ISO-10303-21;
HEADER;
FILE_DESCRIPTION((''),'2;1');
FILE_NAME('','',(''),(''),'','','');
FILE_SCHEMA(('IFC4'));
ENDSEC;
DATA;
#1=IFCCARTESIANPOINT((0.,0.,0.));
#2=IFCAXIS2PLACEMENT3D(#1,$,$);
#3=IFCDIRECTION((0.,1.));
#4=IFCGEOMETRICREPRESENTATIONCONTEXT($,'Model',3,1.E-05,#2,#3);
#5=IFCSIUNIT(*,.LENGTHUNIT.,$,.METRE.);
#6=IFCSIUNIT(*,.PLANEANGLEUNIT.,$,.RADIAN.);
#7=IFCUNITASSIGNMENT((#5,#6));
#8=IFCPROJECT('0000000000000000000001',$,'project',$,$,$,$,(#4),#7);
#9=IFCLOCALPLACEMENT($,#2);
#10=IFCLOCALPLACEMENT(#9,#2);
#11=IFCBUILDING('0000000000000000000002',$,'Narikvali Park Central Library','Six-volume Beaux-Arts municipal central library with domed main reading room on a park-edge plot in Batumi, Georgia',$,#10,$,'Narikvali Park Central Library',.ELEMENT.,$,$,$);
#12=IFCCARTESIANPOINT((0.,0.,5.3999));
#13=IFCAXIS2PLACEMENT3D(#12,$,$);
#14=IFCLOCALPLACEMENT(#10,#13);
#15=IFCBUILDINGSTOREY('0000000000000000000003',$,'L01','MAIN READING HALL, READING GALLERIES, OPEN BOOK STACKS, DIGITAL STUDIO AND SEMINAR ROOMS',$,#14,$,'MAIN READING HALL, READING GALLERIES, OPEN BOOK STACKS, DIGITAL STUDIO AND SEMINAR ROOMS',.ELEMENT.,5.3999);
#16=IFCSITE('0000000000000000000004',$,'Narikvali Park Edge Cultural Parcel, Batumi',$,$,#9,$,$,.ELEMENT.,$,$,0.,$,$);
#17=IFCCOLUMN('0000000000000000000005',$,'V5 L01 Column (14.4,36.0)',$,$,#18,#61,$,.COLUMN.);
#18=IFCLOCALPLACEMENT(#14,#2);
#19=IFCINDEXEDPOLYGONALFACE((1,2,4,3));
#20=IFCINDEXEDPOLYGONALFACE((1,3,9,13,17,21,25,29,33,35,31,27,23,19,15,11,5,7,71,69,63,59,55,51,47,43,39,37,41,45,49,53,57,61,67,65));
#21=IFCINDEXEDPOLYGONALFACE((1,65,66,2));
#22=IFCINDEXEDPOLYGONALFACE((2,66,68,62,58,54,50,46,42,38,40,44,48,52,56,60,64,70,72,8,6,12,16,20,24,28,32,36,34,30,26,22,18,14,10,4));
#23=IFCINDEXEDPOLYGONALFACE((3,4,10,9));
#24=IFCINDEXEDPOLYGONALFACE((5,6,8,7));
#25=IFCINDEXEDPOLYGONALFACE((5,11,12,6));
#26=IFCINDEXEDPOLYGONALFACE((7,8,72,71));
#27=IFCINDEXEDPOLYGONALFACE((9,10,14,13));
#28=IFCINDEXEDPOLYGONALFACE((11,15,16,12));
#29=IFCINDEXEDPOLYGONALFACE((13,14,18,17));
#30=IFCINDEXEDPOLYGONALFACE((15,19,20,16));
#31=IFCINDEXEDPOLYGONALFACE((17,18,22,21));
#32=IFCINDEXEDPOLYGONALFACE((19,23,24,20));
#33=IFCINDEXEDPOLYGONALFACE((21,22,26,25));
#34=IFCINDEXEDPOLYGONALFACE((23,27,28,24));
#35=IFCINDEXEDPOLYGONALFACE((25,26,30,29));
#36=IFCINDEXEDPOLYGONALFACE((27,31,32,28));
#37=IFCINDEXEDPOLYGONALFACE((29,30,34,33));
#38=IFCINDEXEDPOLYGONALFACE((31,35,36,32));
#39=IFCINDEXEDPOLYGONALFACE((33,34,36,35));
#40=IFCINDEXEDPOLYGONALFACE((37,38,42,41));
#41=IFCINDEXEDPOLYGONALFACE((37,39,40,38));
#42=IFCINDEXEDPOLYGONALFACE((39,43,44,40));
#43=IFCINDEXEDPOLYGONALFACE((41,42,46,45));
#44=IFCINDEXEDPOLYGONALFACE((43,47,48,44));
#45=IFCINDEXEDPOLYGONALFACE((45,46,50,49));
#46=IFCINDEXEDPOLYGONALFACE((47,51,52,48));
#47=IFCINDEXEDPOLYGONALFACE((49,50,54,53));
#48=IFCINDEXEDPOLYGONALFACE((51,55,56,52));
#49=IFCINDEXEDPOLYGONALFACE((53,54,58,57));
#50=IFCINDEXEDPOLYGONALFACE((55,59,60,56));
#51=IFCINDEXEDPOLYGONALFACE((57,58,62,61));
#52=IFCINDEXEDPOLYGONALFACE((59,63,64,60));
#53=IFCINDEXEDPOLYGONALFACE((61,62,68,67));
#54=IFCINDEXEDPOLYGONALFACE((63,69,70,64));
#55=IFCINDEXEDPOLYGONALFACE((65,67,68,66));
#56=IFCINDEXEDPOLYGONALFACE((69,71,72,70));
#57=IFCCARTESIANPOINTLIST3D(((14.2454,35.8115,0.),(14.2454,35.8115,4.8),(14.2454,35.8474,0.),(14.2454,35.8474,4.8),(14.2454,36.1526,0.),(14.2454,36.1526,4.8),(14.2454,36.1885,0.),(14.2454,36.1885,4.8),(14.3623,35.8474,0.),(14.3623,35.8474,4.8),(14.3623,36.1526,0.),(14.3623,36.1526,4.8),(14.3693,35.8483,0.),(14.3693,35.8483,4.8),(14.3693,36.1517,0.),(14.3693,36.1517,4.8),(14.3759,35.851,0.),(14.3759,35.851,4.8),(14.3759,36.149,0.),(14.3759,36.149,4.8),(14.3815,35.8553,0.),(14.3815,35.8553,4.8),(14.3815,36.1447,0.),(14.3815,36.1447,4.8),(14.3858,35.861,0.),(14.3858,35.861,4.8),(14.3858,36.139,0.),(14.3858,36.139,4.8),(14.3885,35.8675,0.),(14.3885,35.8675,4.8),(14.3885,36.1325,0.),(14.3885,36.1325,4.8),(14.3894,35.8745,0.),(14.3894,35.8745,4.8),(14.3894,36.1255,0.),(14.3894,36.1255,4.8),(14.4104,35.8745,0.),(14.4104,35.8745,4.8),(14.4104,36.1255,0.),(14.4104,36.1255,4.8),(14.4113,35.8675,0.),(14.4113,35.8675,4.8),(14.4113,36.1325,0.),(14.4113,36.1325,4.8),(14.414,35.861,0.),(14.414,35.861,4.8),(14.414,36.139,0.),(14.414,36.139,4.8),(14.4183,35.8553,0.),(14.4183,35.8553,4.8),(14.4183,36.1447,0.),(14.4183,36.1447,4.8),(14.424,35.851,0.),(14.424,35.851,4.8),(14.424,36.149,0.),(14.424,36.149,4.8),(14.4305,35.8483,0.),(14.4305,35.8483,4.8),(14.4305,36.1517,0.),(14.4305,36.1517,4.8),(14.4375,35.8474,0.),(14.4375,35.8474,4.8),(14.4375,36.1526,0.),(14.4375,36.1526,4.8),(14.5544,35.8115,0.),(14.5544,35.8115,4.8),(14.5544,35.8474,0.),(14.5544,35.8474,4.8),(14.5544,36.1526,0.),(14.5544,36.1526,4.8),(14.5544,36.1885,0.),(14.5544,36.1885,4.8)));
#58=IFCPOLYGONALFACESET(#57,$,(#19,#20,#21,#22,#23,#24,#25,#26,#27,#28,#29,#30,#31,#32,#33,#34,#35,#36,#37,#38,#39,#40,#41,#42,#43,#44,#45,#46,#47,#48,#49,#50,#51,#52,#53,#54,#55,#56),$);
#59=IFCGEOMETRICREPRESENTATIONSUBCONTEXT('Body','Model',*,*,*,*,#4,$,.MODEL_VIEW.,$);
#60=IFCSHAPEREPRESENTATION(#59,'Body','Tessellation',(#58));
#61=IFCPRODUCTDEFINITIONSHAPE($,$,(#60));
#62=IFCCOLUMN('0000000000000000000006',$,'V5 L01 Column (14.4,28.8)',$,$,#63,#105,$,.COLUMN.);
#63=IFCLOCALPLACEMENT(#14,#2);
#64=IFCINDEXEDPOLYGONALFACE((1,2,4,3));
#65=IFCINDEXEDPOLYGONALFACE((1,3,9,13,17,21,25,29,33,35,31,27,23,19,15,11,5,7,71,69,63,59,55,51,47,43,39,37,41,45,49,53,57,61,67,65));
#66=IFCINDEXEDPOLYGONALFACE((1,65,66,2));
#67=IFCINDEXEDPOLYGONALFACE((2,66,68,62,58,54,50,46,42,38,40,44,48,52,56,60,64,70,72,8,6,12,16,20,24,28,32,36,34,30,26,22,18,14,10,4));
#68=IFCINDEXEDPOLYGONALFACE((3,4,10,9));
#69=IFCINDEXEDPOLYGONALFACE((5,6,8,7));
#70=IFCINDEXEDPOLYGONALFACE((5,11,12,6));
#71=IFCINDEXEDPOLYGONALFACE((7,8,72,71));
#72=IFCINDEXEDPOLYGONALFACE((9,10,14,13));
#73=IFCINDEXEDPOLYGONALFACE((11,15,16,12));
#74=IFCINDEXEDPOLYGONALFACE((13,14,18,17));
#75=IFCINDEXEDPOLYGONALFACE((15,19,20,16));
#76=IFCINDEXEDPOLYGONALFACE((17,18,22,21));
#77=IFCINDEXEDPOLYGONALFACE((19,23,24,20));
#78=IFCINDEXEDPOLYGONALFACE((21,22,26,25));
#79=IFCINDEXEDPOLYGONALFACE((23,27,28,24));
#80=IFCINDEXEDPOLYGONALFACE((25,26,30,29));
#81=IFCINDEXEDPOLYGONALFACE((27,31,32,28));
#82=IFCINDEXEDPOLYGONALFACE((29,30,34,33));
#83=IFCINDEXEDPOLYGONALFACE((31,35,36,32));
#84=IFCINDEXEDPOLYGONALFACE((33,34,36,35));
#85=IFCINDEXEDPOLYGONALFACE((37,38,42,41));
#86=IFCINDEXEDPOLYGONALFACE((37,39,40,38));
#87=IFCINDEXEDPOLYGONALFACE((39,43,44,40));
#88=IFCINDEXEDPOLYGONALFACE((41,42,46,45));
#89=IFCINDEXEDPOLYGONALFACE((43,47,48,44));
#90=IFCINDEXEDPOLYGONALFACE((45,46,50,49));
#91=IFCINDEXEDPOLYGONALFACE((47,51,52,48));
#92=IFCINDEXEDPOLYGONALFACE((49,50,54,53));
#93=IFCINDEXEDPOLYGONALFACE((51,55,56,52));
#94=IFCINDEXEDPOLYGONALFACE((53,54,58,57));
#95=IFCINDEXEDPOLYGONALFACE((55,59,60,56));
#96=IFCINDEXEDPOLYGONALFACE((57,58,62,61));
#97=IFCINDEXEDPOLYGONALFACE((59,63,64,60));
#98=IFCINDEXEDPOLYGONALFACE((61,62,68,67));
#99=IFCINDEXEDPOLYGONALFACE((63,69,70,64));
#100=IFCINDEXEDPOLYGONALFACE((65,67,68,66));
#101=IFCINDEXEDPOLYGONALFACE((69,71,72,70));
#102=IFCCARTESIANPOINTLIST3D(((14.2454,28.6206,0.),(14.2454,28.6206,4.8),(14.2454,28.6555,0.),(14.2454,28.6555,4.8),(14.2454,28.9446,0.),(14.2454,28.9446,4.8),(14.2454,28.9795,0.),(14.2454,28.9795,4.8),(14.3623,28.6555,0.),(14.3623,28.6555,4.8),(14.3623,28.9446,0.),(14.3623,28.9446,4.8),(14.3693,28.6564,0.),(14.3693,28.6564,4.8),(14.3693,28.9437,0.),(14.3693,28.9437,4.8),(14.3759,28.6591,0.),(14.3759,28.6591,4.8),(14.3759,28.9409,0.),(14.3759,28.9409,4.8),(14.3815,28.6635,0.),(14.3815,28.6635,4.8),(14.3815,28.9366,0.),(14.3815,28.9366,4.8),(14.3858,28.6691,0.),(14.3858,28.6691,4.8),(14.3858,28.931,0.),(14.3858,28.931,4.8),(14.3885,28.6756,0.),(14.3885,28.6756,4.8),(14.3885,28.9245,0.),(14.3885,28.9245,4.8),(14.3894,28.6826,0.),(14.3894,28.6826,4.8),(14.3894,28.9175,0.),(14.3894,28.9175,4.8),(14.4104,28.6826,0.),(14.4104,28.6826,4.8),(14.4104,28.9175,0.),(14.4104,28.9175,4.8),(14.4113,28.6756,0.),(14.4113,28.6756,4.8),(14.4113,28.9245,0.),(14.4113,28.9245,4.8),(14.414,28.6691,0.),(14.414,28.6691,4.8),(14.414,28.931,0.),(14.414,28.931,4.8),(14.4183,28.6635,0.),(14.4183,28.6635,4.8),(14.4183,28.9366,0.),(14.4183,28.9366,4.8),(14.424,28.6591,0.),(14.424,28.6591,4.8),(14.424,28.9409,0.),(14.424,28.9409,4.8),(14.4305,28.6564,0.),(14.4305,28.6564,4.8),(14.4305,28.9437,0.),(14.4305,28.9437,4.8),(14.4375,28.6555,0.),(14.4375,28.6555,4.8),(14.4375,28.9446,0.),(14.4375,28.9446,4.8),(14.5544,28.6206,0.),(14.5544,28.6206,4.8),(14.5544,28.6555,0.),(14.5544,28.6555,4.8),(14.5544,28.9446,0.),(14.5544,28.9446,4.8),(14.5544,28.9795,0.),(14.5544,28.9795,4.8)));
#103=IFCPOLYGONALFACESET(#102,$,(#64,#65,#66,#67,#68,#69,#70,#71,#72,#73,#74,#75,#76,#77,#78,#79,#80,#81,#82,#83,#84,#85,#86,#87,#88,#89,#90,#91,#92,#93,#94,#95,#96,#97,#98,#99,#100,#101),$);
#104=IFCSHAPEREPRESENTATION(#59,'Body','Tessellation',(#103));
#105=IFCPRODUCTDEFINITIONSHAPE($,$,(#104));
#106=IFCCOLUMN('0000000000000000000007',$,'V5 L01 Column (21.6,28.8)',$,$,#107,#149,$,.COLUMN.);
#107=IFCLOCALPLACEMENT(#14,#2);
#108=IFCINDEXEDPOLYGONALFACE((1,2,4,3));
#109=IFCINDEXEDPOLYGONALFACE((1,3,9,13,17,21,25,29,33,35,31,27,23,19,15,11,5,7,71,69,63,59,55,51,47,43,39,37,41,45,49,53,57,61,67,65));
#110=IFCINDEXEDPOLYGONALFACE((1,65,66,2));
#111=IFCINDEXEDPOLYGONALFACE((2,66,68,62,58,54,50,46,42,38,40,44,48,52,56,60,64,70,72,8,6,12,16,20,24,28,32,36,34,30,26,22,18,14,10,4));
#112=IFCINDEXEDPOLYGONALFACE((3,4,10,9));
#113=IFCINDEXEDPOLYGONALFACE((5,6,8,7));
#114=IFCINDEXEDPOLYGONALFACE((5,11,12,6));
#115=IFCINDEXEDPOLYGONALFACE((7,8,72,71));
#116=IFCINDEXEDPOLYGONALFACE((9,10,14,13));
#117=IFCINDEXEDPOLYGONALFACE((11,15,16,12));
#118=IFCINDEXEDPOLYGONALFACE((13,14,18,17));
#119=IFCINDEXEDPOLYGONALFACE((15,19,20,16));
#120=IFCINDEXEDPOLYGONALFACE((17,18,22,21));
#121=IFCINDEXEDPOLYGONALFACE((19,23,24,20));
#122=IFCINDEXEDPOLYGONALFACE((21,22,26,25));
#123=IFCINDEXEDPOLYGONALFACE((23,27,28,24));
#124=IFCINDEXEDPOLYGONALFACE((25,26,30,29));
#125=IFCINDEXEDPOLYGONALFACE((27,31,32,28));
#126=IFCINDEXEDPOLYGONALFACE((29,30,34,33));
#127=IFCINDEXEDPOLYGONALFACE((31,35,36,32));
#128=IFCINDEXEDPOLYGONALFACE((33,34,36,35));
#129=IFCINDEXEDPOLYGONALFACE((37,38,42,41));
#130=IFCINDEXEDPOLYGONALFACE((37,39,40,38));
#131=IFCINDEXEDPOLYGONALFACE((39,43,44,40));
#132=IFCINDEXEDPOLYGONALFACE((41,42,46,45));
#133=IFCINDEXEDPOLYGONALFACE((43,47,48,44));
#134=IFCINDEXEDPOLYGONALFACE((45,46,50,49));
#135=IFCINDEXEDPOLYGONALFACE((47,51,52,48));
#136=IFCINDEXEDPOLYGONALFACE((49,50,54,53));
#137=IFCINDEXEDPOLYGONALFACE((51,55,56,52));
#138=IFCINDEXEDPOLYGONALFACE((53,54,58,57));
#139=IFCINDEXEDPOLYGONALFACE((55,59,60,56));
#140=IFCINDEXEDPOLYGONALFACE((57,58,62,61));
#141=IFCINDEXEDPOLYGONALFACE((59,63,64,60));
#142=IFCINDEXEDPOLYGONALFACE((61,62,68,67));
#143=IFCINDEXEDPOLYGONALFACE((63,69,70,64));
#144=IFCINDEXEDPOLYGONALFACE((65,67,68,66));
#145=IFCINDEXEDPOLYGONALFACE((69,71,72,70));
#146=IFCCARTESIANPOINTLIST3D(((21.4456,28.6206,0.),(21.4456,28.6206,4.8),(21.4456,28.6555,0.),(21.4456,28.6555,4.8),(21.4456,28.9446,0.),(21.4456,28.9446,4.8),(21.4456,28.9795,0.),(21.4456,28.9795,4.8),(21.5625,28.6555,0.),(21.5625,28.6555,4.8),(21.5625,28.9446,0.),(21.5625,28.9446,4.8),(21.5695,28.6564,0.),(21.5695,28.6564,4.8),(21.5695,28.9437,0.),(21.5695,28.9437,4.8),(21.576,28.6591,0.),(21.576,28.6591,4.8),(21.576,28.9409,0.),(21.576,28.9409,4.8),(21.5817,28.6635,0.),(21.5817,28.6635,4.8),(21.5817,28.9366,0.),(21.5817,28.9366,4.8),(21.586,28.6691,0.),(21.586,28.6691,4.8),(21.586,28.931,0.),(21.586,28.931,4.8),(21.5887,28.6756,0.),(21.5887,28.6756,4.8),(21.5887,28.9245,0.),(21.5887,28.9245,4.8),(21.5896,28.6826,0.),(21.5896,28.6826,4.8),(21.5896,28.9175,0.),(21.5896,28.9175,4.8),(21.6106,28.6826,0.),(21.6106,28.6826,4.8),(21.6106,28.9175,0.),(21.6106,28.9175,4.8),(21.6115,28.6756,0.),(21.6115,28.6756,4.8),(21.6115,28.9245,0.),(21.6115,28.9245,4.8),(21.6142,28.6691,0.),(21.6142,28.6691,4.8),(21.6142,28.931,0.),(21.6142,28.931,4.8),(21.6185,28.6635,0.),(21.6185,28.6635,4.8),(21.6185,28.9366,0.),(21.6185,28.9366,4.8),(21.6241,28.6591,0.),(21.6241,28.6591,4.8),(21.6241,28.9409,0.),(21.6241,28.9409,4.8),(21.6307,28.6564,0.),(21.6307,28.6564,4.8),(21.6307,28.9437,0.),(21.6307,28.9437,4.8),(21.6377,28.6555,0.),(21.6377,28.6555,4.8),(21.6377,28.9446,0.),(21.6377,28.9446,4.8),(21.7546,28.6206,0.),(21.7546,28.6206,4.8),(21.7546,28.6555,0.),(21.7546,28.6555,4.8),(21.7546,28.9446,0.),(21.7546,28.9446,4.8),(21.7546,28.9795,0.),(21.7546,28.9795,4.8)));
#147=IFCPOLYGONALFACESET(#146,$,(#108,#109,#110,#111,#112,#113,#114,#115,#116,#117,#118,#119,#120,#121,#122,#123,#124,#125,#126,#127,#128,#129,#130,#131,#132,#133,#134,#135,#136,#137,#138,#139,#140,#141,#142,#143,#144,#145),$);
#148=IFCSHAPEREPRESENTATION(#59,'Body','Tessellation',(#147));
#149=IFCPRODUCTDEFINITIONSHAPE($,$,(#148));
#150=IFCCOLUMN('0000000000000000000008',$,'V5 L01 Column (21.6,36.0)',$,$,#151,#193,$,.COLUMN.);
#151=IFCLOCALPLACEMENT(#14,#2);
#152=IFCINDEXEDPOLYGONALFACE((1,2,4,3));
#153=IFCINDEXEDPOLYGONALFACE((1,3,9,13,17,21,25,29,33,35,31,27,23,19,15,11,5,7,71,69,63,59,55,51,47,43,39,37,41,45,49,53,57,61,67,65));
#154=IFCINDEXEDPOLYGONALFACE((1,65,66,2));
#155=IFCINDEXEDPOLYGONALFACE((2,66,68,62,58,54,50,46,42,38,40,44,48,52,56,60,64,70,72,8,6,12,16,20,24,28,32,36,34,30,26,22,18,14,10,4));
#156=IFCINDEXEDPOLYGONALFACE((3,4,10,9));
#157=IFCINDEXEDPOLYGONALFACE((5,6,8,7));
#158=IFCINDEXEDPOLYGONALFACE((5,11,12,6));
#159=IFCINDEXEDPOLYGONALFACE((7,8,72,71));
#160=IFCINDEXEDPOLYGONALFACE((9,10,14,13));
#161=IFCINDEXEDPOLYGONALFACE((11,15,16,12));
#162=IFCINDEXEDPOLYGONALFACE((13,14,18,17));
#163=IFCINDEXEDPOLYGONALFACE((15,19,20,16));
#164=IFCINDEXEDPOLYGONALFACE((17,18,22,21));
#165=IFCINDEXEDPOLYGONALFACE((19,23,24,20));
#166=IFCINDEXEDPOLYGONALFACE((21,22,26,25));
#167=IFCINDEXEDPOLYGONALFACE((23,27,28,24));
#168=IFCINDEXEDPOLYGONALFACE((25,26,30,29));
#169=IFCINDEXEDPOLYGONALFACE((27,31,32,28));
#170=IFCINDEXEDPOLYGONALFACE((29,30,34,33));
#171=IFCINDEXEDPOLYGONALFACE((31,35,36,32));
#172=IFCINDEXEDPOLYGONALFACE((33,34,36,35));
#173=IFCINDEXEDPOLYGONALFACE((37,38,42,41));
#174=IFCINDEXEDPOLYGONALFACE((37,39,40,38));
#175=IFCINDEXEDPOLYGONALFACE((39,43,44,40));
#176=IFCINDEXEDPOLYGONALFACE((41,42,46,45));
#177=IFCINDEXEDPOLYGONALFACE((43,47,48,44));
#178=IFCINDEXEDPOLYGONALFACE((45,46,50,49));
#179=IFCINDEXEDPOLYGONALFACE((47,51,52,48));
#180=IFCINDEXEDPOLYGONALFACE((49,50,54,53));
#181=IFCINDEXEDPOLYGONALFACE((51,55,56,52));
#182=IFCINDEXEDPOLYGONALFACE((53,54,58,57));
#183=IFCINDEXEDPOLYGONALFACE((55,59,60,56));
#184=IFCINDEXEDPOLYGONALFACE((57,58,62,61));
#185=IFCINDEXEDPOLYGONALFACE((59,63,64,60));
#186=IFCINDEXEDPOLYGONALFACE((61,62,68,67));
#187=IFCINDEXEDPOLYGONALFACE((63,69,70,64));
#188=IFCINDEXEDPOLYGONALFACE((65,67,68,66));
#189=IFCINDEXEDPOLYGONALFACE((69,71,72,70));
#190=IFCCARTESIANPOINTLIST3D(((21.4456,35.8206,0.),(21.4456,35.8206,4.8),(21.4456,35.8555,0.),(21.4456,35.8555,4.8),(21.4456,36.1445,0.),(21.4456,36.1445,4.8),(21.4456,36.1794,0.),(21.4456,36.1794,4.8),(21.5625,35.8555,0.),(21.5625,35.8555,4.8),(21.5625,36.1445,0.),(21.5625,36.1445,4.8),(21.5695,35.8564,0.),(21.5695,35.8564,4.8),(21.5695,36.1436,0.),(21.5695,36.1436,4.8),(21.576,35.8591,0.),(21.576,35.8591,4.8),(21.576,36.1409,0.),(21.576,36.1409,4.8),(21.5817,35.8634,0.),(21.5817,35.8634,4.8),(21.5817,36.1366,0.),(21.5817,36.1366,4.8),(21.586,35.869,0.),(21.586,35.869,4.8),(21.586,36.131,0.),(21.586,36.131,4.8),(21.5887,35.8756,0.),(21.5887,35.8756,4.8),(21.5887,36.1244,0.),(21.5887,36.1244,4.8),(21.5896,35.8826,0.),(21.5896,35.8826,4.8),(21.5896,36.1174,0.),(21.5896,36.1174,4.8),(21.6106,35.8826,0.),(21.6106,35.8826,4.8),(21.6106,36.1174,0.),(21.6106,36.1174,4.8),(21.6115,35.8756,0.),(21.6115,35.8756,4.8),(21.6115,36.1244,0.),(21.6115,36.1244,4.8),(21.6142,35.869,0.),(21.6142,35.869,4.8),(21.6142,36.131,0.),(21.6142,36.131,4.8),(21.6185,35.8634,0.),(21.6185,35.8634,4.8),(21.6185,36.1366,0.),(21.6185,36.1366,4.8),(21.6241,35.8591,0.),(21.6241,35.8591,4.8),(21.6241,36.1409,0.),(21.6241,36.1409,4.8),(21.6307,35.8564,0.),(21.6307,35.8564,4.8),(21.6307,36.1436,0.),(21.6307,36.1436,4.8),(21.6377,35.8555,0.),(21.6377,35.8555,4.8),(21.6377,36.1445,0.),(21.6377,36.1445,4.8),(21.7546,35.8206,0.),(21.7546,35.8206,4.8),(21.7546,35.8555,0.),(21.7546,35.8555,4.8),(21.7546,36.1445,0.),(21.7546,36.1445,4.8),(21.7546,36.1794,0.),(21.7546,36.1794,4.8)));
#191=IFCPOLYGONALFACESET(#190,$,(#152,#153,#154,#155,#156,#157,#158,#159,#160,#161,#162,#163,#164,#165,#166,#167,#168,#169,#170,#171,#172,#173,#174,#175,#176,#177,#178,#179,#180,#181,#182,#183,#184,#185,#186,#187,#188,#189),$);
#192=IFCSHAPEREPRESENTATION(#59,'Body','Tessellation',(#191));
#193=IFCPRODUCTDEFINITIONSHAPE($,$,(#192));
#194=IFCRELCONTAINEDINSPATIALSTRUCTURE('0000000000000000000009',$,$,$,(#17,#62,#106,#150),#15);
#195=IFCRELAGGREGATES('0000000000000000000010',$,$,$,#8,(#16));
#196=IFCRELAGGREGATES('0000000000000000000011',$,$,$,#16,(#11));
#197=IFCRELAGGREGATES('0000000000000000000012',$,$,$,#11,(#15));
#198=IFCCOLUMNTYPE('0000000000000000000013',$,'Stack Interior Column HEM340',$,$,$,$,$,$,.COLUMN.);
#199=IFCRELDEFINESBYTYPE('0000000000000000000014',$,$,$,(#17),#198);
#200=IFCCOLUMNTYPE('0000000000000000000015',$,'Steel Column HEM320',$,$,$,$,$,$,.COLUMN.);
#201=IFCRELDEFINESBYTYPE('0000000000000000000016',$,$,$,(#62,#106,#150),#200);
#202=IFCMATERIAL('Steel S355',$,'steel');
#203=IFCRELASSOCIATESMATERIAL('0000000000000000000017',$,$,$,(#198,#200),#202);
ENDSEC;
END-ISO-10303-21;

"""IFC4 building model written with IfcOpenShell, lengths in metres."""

from ifc_helpers import new_model, si_unit, direction, frame, origin, origin_2d, place, context, subcontext, project, spatial, i_section, extrude, material, material_profile, profile_set, type_object, element, save


model = new_model("IFC4")

# Units and contexts
model_context = context("Model", 3, precision=1e-05, world=origin(), true_north=direction((0.0, 1.0)))
body_context = subcontext(model_context, "Body", "Model", "MODEL_VIEW")
ifc_project = project(units=[si_unit("LENGTHUNIT", "METRE"), si_unit("PLANEANGLEUNIT", "RADIAN")], contexts=[model_context])

# Site, building, storey
site_placement = place(None, origin())
site = spatial("IfcSite", under=ifc_project, at=site_placement, Name="Narikvali Park Edge Cultural Parcel, Batumi", CompositionType="ELEMENT", RefElevation=0.0)
building_placement = place(site_placement, origin())
building = spatial("IfcBuilding", under=site, at=building_placement, Name="Narikvali Park Central Library", Description="Six-volume Beaux-Arts municipal central library with domed main reading room on a park-edge plot in Batumi, Georgia", LongName="Narikvali Park Central Library", CompositionType="ELEMENT")
storey_placement = place(building_placement, frame((0.0, 0.0, 5.3999)))
storey = spatial("IfcBuildingStorey", under=building, at=storey_placement, Name="L01", Description="MAIN READING HALL, READING GALLERIES, OPEN BOOK STACKS, DIGITAL STUDIO AND SEMINAR ROOMS", LongName="MAIN READING HALL, READING GALLERIES, OPEN BOOK STACKS, DIGITAL STUDIO AND SEMINAR ROOMS", CompositionType="ELEMENT", Elevation=5.3999)

# Columns
ifc_material_1 = material(Name="Steel S355", Category="steel")
ifc_material_profile_1 = material_profile(ifc_material_1, i_section(OverallWidth=0.3091, OverallDepth=0.377, WebThickness=0.021, FlangeThickness=0.0359, FilletRadius=0.0271, at=origin_2d()), Name="HEM 340")
ifc_profile_set_1 = profile_set([ifc_material_profile_1], Name="Steel S355")
column_type_1 = type_object("IfcColumnType", Name="Stack Interior Column HEM340", PredefinedType="COLUMN", material=ifc_profile_set_1)
column_placement = place(storey_placement, frame((14.3999, 36.0, 0.0), z_axis=(0.0, 0.0, 1.0), x_axis=(1.0, 0.0, 0.0)))
element("IfcColumn", 1, at=column_placement, inside=storey, type_object=column_type_1, Name="V5 L01 Column (14.4,36.0)", PredefinedType="COLUMN", context=body_context, shape_type="SweptSolid", body=[
    extrude(i_section(OverallWidth=0.3091, OverallDepth=0.377, WebThickness=0.021, FlangeThickness=0.0359, FilletRadius=0.0271, at=origin_2d()), origin(), (0.0, 0.0, 1.0), 4.8),
])
ifc_material_profile_2 = material_profile(ifc_material_1, i_section(OverallWidth=0.3091, OverallDepth=0.3589, WebThickness=0.021, FlangeThickness=0.0349, FilletRadius=0.0271, at=origin_2d()), Name="HEM 320")
ifc_profile_set_2 = profile_set([ifc_material_profile_2], Name="Steel S355")
column_type_2 = type_object("IfcColumnType", Name="Steel Column HEM320", PredefinedType="COLUMN", material=ifc_profile_set_2)
for number, where, z_axis, x_axis, name in (
    (2, (14.3999, 28.8, 0.0), (0.0, 0.0, 1.0), (1.0, 0.0, 0.0), "V5 L01 Column (14.4,28.8)"),
    (3, (21.6001, 28.8, 0.0), (0.0, 0.0, 1.0), (1.0, 0.0, 0.0), "V5 L01 Column (21.6,28.8)"),
    (4, (21.6001, 36.0, 0.0), (0.0, 0.0, 1.0), (1.0, 0.0, 0.0), "V5 L01 Column (21.6,36.0)"),
):
    element("IfcColumn", number, at=place(storey_placement, frame(where, z_axis=z_axis, x_axis=x_axis)), inside=storey, type_object=column_type_2, Name=name, PredefinedType="COLUMN", context=body_context, shape_type="SweptSolid", body=[
        extrude(i_section(OverallWidth=0.3091, OverallDepth=0.3589, WebThickness=0.021, FlangeThickness=0.0349, FilletRadius=0.0271, at=origin_2d()), origin(), (0.0, 0.0, 1.0), 4.8),
    ])

save(model, "model.ifc")
